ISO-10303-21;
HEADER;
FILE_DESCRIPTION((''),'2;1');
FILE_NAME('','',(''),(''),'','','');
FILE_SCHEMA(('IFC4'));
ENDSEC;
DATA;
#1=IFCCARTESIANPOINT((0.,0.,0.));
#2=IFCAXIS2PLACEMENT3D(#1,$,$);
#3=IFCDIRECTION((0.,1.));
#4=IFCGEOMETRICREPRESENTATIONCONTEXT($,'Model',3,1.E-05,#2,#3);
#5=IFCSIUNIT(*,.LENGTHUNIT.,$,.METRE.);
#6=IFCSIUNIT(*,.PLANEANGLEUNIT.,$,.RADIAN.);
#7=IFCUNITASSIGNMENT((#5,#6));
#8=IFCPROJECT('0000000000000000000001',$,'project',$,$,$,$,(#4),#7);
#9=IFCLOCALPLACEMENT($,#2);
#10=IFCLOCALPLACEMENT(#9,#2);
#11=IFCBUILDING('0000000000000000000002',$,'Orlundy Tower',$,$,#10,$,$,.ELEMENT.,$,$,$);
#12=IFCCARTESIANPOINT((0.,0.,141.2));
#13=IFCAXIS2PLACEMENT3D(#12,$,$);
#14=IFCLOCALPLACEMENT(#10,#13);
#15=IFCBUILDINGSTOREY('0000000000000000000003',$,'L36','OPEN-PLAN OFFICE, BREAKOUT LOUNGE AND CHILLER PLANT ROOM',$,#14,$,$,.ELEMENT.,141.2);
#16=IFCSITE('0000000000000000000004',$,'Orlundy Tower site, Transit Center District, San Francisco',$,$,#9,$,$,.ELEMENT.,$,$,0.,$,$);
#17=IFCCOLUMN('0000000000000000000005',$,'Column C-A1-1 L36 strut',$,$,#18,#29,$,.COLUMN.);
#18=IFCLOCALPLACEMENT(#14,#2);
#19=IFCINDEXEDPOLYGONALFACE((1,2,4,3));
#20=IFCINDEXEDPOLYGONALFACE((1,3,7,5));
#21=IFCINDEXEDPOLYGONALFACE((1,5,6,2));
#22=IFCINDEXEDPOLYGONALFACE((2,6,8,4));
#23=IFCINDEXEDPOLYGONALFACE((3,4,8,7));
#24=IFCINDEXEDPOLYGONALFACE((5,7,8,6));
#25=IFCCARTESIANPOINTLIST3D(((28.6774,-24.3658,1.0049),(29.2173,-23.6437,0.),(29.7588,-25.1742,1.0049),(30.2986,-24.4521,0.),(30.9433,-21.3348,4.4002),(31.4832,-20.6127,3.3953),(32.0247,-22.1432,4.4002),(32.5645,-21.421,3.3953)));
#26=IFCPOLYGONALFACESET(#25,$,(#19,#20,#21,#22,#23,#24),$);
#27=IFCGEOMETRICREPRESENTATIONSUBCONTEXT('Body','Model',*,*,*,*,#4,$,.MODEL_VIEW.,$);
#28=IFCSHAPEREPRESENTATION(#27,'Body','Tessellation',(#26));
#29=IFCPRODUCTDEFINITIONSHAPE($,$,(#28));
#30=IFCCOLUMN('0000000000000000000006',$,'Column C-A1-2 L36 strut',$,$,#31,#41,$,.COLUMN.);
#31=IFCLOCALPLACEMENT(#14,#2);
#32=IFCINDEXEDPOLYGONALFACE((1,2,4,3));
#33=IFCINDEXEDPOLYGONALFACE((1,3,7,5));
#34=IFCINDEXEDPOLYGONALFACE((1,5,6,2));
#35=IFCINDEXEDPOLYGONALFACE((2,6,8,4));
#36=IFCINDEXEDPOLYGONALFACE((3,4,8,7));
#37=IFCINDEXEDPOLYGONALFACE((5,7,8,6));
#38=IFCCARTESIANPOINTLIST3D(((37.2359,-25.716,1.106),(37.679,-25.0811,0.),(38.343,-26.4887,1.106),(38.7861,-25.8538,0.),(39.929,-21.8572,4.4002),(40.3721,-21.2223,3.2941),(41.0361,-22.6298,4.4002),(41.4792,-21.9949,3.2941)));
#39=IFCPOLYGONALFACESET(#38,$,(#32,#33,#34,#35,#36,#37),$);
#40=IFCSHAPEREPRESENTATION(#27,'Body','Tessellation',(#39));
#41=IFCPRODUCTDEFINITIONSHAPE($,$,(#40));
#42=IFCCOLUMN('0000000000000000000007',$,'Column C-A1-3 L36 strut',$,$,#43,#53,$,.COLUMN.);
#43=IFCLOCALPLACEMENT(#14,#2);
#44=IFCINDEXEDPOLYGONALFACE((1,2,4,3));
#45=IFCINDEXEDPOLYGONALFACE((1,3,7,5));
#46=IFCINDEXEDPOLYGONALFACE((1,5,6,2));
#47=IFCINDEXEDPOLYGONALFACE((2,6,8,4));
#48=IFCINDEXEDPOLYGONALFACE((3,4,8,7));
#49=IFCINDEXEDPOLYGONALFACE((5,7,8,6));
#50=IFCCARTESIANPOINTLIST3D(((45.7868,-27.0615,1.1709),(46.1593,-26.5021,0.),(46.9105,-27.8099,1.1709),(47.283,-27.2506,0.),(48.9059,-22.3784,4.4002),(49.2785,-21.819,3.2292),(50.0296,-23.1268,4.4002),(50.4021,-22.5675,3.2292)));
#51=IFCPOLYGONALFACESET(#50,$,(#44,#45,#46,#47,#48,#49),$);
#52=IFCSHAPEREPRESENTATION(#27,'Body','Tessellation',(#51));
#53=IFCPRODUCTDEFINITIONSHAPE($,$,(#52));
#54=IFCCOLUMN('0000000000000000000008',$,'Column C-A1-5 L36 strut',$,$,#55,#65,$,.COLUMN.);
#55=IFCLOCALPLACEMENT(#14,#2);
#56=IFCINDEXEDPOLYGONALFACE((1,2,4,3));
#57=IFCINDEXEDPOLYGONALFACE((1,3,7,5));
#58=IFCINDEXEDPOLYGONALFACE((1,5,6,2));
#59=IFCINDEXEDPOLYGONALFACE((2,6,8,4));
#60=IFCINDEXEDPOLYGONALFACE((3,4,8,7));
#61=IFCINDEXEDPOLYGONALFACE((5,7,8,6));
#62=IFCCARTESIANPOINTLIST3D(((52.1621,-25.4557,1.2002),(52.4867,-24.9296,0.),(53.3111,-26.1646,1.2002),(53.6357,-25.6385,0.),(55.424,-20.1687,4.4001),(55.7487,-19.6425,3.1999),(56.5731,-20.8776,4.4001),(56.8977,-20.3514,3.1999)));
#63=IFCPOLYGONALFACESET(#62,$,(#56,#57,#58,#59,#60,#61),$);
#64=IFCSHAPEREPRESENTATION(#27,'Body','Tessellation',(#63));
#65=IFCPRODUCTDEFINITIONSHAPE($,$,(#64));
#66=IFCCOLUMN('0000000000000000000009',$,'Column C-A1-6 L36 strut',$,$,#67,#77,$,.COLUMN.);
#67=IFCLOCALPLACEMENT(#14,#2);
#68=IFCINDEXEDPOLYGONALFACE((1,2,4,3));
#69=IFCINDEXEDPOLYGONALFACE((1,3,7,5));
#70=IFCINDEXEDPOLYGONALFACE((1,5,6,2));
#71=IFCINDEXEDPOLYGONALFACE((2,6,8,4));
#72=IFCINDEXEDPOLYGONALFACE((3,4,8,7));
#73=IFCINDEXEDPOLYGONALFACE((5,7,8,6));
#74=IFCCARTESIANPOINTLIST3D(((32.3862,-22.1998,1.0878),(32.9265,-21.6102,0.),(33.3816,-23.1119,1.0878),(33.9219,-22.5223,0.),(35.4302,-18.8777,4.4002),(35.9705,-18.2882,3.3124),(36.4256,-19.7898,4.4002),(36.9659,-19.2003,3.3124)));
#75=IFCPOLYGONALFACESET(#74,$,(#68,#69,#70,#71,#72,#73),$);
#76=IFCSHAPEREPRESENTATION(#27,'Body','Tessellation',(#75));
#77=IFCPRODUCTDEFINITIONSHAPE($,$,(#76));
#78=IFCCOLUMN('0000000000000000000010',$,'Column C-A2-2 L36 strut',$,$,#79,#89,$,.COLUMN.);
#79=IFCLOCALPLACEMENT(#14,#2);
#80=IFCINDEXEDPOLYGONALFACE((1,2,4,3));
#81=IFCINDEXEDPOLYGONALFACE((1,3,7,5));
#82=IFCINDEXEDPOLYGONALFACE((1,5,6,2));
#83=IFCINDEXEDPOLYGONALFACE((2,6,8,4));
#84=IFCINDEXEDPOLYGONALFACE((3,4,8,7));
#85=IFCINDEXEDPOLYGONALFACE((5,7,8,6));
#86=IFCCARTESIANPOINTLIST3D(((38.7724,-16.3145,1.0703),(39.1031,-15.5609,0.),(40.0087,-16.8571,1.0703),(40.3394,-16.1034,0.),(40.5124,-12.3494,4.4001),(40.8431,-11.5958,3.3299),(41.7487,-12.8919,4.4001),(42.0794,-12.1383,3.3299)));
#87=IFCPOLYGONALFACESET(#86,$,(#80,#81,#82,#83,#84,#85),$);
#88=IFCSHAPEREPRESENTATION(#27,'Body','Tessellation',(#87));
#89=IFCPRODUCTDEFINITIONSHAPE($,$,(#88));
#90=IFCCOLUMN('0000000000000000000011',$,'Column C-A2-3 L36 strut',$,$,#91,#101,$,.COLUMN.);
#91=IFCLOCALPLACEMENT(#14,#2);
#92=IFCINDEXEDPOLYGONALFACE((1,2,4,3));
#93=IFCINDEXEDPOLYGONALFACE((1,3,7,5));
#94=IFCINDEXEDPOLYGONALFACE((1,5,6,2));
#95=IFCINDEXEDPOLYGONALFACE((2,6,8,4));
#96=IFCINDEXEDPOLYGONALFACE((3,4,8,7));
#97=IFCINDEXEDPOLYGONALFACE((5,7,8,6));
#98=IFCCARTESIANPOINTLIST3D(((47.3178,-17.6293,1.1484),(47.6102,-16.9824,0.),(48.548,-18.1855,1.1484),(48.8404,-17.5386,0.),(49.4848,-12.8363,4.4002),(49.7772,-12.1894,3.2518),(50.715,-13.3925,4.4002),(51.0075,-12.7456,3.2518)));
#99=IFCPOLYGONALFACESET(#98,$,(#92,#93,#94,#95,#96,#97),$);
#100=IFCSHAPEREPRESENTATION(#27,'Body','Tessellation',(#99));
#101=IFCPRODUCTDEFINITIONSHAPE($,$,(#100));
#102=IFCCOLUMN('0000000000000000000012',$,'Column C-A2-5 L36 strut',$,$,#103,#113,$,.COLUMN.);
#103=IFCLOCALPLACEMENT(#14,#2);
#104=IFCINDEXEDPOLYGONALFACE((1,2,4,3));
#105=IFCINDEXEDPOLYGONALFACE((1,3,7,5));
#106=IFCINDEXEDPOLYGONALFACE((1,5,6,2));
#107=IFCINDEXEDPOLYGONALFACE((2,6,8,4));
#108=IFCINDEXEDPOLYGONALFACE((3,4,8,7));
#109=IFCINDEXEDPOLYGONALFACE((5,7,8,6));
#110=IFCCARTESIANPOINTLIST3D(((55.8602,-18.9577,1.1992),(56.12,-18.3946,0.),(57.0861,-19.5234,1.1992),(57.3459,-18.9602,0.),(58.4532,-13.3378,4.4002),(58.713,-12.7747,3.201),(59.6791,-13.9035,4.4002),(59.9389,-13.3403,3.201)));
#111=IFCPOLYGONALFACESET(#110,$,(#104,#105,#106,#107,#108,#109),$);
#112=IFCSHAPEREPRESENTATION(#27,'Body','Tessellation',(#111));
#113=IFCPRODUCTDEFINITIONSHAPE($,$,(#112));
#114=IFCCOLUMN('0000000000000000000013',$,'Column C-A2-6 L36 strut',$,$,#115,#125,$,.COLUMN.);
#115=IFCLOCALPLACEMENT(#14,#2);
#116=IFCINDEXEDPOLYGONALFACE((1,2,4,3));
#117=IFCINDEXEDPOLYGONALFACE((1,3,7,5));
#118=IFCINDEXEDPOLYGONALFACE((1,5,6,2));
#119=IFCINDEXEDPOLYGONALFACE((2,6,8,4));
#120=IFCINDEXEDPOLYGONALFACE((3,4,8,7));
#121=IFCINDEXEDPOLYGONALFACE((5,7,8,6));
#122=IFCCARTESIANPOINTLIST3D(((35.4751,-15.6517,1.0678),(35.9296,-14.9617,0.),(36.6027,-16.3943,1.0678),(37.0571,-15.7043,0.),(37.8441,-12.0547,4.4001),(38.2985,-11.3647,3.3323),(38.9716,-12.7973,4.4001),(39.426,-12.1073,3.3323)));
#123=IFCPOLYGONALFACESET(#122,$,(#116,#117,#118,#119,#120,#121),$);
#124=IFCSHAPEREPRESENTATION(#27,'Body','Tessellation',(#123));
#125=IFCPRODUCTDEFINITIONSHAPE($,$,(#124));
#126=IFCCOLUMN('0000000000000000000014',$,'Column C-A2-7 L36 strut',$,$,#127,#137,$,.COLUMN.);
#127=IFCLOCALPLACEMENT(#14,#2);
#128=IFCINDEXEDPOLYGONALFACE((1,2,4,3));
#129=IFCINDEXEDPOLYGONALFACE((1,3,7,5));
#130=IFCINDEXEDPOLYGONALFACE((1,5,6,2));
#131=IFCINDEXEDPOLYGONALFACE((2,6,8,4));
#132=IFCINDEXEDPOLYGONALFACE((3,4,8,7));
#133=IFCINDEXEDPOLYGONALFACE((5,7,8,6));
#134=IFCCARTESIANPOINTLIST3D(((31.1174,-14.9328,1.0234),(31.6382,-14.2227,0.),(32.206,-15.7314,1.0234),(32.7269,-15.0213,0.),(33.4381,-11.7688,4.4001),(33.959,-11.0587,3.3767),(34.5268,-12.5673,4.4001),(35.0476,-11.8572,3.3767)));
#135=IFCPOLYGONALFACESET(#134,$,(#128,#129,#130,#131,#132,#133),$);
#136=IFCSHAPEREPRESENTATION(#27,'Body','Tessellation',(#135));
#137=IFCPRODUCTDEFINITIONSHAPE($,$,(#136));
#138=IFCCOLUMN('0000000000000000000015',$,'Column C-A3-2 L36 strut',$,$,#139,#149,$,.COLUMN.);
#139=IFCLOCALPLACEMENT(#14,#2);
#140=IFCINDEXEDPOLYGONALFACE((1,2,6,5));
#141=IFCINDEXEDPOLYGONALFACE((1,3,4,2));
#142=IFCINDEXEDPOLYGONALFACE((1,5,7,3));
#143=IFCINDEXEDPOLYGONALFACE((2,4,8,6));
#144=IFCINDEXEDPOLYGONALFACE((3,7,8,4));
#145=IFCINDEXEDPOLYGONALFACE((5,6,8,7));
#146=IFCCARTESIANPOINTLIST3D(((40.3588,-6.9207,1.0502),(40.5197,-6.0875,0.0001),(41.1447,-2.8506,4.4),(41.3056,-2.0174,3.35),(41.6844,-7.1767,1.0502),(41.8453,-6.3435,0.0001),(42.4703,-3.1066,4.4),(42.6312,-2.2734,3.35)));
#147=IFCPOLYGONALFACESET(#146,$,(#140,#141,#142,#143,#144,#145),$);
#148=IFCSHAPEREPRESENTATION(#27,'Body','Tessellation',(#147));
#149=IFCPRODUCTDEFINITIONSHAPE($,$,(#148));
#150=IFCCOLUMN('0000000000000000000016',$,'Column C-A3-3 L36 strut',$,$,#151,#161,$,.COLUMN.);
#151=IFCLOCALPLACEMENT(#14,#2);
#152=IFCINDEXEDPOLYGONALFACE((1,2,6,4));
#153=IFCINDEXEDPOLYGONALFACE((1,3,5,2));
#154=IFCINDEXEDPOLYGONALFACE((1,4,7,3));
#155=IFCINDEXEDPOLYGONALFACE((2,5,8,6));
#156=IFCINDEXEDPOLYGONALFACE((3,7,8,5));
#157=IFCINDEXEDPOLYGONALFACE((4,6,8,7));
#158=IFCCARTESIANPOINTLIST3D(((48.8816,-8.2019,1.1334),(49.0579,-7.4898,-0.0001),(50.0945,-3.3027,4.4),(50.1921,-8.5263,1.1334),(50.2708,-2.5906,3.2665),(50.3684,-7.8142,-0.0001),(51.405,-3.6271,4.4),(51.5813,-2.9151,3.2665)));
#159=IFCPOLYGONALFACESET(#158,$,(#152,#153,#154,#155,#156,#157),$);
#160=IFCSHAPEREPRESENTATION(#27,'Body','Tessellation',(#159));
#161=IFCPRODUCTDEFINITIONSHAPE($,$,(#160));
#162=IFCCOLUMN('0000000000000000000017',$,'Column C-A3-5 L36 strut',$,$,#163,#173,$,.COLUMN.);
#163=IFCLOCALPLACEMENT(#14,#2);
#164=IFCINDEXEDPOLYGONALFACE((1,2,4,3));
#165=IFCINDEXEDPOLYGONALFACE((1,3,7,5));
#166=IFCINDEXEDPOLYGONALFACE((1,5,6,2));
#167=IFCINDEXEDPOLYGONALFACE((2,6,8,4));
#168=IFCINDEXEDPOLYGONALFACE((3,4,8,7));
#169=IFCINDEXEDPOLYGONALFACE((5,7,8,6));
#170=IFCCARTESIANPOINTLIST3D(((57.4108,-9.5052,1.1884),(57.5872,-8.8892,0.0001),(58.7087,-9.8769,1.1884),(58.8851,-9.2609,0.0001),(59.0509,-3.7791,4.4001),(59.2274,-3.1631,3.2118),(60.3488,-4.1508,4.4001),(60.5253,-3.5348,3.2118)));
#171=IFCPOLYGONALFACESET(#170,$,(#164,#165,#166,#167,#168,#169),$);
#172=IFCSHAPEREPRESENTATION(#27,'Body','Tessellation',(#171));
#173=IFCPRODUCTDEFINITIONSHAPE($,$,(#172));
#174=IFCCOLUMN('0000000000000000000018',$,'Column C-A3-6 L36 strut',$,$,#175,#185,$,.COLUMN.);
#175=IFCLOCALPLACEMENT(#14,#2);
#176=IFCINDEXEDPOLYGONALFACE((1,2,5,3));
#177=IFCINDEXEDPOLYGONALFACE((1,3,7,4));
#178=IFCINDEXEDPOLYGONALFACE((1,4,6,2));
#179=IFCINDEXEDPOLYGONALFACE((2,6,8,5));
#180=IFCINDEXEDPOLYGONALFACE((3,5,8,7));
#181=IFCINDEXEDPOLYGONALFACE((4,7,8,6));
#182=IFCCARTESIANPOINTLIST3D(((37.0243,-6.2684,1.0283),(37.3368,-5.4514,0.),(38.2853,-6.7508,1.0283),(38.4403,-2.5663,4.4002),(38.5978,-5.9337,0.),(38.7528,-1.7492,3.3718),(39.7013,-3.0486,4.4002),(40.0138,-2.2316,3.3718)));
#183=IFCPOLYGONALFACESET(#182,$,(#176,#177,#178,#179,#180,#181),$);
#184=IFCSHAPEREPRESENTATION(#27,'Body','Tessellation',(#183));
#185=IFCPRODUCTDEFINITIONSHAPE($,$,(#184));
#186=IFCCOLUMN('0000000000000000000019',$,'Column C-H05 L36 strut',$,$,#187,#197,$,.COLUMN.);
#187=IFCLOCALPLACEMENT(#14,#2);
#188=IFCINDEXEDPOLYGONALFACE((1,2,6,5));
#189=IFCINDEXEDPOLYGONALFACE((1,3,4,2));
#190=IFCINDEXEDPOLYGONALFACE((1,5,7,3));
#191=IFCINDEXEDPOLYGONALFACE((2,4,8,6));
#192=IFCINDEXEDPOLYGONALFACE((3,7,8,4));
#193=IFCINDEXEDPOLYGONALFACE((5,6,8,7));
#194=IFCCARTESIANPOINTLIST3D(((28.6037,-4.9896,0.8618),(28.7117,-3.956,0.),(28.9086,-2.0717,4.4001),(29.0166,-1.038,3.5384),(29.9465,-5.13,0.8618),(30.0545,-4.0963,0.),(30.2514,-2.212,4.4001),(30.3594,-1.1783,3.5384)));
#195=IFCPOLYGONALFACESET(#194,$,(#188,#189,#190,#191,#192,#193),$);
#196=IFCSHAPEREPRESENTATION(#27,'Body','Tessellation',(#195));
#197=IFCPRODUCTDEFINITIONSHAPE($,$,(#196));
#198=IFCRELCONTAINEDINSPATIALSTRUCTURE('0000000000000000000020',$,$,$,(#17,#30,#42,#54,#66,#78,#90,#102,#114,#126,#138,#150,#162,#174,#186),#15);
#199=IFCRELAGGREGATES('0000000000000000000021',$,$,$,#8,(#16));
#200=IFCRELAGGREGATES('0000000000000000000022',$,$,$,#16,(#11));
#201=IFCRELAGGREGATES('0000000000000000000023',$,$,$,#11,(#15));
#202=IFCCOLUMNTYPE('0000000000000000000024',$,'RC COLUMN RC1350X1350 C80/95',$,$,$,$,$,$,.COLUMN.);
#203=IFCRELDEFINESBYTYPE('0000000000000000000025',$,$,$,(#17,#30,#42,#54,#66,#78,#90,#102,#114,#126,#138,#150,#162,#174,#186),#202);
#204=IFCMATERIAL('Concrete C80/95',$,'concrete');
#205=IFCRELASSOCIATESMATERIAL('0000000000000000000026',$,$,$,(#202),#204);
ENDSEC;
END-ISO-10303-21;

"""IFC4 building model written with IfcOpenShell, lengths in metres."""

from ifc_helpers import new_model, si_unit, direction, frame, origin, origin_2d, place, context, subcontext, project, spatial, rectangle, extrude, material, material_profile, profile_set, type_object, element, save


model = new_model("IFC4")

# Units and contexts
model_context = context("Model", 3, precision=1e-05, world=origin(), true_north=direction((0.0, 1.0)))
body_context = subcontext(model_context, "Body", "Model", "MODEL_VIEW")
ifc_project = project(units=[si_unit("LENGTHUNIT", "METRE"), si_unit("PLANEANGLEUNIT", "RADIAN")], contexts=[model_context])

# Site, building, storey
site_placement = place(None, origin())
site = spatial("IfcSite", under=ifc_project, at=site_placement, Name="Orlundy Tower site, Transit Center District, San Francisco", CompositionType="ELEMENT", RefElevation=0.0)
building_placement = place(site_placement, origin())
building = spatial("IfcBuilding", under=site, at=building_placement, Name="Orlundy Tower", CompositionType="ELEMENT")
storey_placement = place(building_placement, frame((0.0, 0.0, 141.2)))
storey = spatial("IfcBuildingStorey", under=building, at=storey_placement, Name="L36", Description="OPEN-PLAN OFFICE, BREAKOUT LOUNGE AND CHILLER PLANT ROOM", CompositionType="ELEMENT", Elevation=141.2)

# Columns
ifc_material_1 = material(Name="Concrete C80/95", Category="concrete")
ifc_material_profile_1 = material_profile(ifc_material_1, rectangle(XDim=1.3501, YDim=1.3501, at=origin_2d()), Name="RC1350X1350")
ifc_profile_set_1 = profile_set([ifc_material_profile_1], Name="Concrete C80/95")
column_type = type_object("IfcColumnType", Name="RC COLUMN RC1350X1350 C80/95", PredefinedType="COLUMN", material=ifc_profile_set_1)
column_1_placement = place(storey_placement, frame((29.488, -24.4089, 0.5024), z_axis=(0.44567, 0.596163, 0.667808), x_axis=(-0.800936, 0.59875, 0.0)))
element("IfcColumn", 1, at=column_1_placement, inside=storey, type_object=column_type, Name="Column C-A1-1 L36 strut", PredefinedType="COLUMN", context=body_context, shape_type="SweptSolid", body=[
    extrude(rectangle(XDim=1.3501, YDim=1.3501, at=origin_2d()), origin(), (0.0, 0.0, 1.0), 5.0842),
])
column_2_placement = place(storey_placement, frame((38.011, -25.7849, 0.553), z_axis=(0.468843, 0.671791, 0.573483), x_axis=(-0.82004, 0.572306, 0.0)))
element("IfcColumn", 2, at=column_2_placement, inside=storey, type_object=column_type, Name="Column C-A1-2 L36 strut", PredefinedType="COLUMN", context=body_context, shape_type="SweptSolid", body=[
    extrude(rectangle(XDim=1.3501, YDim=1.3501, at=origin_2d()), origin(), (0.0, 0.0, 1.0), 5.7441),
])
column_3_placement = place(storey_placement, frame((46.5349, -27.156, 0.5854), z_axis=(0.480787, 0.721858, 0.497759), x_axis=(-0.832291, 0.55434, 0.0)))
element("IfcColumn", 3, at=column_3_placement, inside=storey, type_object=column_type, Name="Column C-A1-3 L36 strut", PredefinedType="COLUMN", context=body_context, shape_type="SweptSolid", body=[
    extrude(rectangle(XDim=1.3501, YDim=1.3501, at=origin_2d()), origin(), (0.0, 0.0, 1.0), 6.4875),
])
column_4_placement = place(storey_placement, frame((52.8989, -25.5471, 0.6001), z_axis=(0.466788, 0.756587, 0.457914), x_axis=(-0.851057, 0.525073, 0.0)))
element("IfcColumn", 4, at=column_4_placement, inside=storey, type_object=column_type, Name="Column C-A1-5 L36 strut", PredefinedType="COLUMN", context=body_context, shape_type="SweptSolid", body=[
    extrude(rectangle(XDim=1.3501, YDim=1.3501, at=origin_2d()), origin(), (0.0, 0.0, 1.0), 6.988),
])
column_5_placement = place(storey_placement, frame((33.1541, -22.3611, 0.5439), z_axis=(0.544322, 0.594048, 0.592301), x_axis=(-0.737291, 0.675575, 0.0)))
element("IfcColumn", 5, at=column_5_placement, inside=storey, type_object=column_type, Name="Column C-A1-6 L36 strut", PredefinedType="COLUMN", context=body_context, shape_type="SweptSolid", body=[
    extrude(rectangle(XDim=1.3501, YDim=1.3501, at=origin_2d()), origin(), (0.0, 0.0, 1.0), 5.5923),
])
column_6_placement = place(storey_placement, frame((39.5559, -16.209, 0.5352), z_axis=(0.318542, 0.725894, 0.609597), x_axis=(-0.91571, 0.401839, 0.0)))
element("IfcColumn", 6, at=column_6_placement, inside=storey, type_object=column_type, Name="Column C-A2-2 L36 strut", PredefinedType="COLUMN", context=body_context, shape_type="SweptSolid", body=[
    extrude(rectangle(XDim=1.3501, YDim=1.3501, at=origin_2d()), origin(), (0.0, 0.0, 1.0), 5.4624),
])
column_7_placement = place(storey_placement, frame((48.0791, -17.584, 0.5742), z_axis=(0.350418, 0.775058, 0.525825), x_axis=(-0.911198, 0.41197, 0.0)))
element("IfcColumn", 7, at=column_7_placement, inside=storey, type_object=column_type, Name="Column C-A2-3 L36 strut", PredefinedType="COLUMN", context=body_context, shape_type="SweptSolid", body=[
    extrude(rectangle(XDim=1.3501, YDim=1.3501, at=origin_2d()), origin(), (0.0, 0.0, 1.0), 6.1841),
])
column_8_placement = place(storey_placement, frame((56.603, -18.959, 0.5996), z_axis=(0.372134, 0.806529, 0.459377), x_axis=(-0.908007, 0.418956, 0.0)))
element("IfcColumn", 8, at=column_8_placement, inside=storey, type_object=column_type, Name="Column C-A2-5 L36 strut", PredefinedType="COLUMN", context=body_context, shape_type="SweptSolid", body=[
    extrude(rectangle(XDim=1.3501, YDim=1.3501, at=origin_2d()), origin(), (0.0, 0.0, 1.0), 6.968),
])
column_9_placement = place(storey_placement, frame((36.2661, -15.678, 0.5339), z_axis=(0.435018, 0.66053, 0.611931), x_axis=(-0.835151, 0.550021, 0.0)))
element("IfcColumn", 9, at=column_9_placement, inside=storey, type_object=column_type, Name="Column C-A2-6 L36 strut", PredefinedType="COLUMN", context=body_context, shape_type="SweptSolid", body=[
    extrude(rectangle(XDim=1.3501, YDim=1.3501, at=origin_2d()), origin(), (0.0, 0.0, 1.0), 5.4456),
])
column_10_placement = place(storey_placement, frame((31.9221, -14.9771, 0.5117), z_axis=(0.448305, 0.611197, 0.652273), x_axis=(-0.806346, 0.591445, 0.0)))
element("IfcColumn", 10, at=column_10_placement, inside=storey, type_object=column_type, Name="Column C-A2-7 L36 strut", PredefinedType="COLUMN", context=body_context, shape_type="SweptSolid", body=[
    extrude(rectangle(XDim=1.3501, YDim=1.3501, at=origin_2d()), origin(), (0.0, 0.0, 1.0), 5.1768),
])
column_11_placement = place(storey_placement, frame((41.1021, -6.6321, 0.5251), z_axis=(0.147457, 0.763673, 0.628538), x_axis=(-0.981864, 0.189588, 0.0)))
element("IfcColumn", 11, at=column_11_placement, inside=storey, type_object=column_type, Name="Column C-A3-2 L36 strut", PredefinedType="COLUMN", context=body_context, shape_type="SweptSolid", body=[
    extrude(rectangle(XDim=1.3501, YDim=1.3501, at=origin_2d()), origin(), (0.0, 0.0, 1.0), 5.3296),
])
column_12_placement = place(storey_placement, frame((49.625, -8.0081, 0.5667), z_axis=(0.201746, 0.814904, 0.543351), x_axis=(-0.970695, 0.240316, 0.0)))
element("IfcColumn", 12, at=column_12_placement, inside=storey, type_object=column_type, Name="Column C-A3-3 L36 strut", PredefinedType="COLUMN", context=body_context, shape_type="SweptSolid", body=[
    extrude(rectangle(XDim=1.3501, YDim=1.3501, at=origin_2d()), origin(), (0.0, 0.0, 1.0), 6.012),
])
column_13_placement = place(storey_placement, frame((58.1479, -9.3831, 0.5942), z_axis=(0.242371, 0.846171, 0.474605), x_axis=(-0.961341, 0.27536, 0.0)))
element("IfcColumn", 13, at=column_13_placement, inside=storey, type_object=column_type, Name="Column C-A3-5 L36 strut", PredefinedType="COLUMN", context=body_context, shape_type="SweptSolid", body=[
    extrude(rectangle(XDim=1.3501, YDim=1.3501, at=origin_2d()), origin(), (0.0, 0.0, 1.0), 6.7671),
])
column_14_placement = place(storey_placement, frame((37.811, -6.1011, 0.5142), z_axis=(0.272108, 0.711423, 0.647946), x_axis=(-0.934011, 0.357245, 0.0)))
element("IfcColumn", 14, at=column_14_placement, inside=storey, type_object=column_type, Name="Column C-A3-6 L36 strut", PredefinedType="COLUMN", context=body_context, shape_type="SweptSolid", body=[
    extrude(rectangle(XDim=1.3501, YDim=1.3501, at=origin_2d()), origin(), (0.0, 0.0, 1.0), 5.2039),
])
column_15_placement = place(storey_placement, frame((29.3291, -4.543, 0.4309), z_axis=(0.066341, 0.634832, 0.769797), x_axis=(-0.994584, 0.103935, 0.0)))
element("IfcColumn", 15, at=column_15_placement, inside=storey, type_object=column_type, Name="Column C-H05 L36 strut", PredefinedType="COLUMN", context=body_context, shape_type="SweptSolid", body=[
    extrude(rectangle(XDim=1.3501, YDim=1.3501, at=origin_2d()), origin(), (0.0, 0.0, 1.0), 4.5964),
])

save(model, "model.ifc")
